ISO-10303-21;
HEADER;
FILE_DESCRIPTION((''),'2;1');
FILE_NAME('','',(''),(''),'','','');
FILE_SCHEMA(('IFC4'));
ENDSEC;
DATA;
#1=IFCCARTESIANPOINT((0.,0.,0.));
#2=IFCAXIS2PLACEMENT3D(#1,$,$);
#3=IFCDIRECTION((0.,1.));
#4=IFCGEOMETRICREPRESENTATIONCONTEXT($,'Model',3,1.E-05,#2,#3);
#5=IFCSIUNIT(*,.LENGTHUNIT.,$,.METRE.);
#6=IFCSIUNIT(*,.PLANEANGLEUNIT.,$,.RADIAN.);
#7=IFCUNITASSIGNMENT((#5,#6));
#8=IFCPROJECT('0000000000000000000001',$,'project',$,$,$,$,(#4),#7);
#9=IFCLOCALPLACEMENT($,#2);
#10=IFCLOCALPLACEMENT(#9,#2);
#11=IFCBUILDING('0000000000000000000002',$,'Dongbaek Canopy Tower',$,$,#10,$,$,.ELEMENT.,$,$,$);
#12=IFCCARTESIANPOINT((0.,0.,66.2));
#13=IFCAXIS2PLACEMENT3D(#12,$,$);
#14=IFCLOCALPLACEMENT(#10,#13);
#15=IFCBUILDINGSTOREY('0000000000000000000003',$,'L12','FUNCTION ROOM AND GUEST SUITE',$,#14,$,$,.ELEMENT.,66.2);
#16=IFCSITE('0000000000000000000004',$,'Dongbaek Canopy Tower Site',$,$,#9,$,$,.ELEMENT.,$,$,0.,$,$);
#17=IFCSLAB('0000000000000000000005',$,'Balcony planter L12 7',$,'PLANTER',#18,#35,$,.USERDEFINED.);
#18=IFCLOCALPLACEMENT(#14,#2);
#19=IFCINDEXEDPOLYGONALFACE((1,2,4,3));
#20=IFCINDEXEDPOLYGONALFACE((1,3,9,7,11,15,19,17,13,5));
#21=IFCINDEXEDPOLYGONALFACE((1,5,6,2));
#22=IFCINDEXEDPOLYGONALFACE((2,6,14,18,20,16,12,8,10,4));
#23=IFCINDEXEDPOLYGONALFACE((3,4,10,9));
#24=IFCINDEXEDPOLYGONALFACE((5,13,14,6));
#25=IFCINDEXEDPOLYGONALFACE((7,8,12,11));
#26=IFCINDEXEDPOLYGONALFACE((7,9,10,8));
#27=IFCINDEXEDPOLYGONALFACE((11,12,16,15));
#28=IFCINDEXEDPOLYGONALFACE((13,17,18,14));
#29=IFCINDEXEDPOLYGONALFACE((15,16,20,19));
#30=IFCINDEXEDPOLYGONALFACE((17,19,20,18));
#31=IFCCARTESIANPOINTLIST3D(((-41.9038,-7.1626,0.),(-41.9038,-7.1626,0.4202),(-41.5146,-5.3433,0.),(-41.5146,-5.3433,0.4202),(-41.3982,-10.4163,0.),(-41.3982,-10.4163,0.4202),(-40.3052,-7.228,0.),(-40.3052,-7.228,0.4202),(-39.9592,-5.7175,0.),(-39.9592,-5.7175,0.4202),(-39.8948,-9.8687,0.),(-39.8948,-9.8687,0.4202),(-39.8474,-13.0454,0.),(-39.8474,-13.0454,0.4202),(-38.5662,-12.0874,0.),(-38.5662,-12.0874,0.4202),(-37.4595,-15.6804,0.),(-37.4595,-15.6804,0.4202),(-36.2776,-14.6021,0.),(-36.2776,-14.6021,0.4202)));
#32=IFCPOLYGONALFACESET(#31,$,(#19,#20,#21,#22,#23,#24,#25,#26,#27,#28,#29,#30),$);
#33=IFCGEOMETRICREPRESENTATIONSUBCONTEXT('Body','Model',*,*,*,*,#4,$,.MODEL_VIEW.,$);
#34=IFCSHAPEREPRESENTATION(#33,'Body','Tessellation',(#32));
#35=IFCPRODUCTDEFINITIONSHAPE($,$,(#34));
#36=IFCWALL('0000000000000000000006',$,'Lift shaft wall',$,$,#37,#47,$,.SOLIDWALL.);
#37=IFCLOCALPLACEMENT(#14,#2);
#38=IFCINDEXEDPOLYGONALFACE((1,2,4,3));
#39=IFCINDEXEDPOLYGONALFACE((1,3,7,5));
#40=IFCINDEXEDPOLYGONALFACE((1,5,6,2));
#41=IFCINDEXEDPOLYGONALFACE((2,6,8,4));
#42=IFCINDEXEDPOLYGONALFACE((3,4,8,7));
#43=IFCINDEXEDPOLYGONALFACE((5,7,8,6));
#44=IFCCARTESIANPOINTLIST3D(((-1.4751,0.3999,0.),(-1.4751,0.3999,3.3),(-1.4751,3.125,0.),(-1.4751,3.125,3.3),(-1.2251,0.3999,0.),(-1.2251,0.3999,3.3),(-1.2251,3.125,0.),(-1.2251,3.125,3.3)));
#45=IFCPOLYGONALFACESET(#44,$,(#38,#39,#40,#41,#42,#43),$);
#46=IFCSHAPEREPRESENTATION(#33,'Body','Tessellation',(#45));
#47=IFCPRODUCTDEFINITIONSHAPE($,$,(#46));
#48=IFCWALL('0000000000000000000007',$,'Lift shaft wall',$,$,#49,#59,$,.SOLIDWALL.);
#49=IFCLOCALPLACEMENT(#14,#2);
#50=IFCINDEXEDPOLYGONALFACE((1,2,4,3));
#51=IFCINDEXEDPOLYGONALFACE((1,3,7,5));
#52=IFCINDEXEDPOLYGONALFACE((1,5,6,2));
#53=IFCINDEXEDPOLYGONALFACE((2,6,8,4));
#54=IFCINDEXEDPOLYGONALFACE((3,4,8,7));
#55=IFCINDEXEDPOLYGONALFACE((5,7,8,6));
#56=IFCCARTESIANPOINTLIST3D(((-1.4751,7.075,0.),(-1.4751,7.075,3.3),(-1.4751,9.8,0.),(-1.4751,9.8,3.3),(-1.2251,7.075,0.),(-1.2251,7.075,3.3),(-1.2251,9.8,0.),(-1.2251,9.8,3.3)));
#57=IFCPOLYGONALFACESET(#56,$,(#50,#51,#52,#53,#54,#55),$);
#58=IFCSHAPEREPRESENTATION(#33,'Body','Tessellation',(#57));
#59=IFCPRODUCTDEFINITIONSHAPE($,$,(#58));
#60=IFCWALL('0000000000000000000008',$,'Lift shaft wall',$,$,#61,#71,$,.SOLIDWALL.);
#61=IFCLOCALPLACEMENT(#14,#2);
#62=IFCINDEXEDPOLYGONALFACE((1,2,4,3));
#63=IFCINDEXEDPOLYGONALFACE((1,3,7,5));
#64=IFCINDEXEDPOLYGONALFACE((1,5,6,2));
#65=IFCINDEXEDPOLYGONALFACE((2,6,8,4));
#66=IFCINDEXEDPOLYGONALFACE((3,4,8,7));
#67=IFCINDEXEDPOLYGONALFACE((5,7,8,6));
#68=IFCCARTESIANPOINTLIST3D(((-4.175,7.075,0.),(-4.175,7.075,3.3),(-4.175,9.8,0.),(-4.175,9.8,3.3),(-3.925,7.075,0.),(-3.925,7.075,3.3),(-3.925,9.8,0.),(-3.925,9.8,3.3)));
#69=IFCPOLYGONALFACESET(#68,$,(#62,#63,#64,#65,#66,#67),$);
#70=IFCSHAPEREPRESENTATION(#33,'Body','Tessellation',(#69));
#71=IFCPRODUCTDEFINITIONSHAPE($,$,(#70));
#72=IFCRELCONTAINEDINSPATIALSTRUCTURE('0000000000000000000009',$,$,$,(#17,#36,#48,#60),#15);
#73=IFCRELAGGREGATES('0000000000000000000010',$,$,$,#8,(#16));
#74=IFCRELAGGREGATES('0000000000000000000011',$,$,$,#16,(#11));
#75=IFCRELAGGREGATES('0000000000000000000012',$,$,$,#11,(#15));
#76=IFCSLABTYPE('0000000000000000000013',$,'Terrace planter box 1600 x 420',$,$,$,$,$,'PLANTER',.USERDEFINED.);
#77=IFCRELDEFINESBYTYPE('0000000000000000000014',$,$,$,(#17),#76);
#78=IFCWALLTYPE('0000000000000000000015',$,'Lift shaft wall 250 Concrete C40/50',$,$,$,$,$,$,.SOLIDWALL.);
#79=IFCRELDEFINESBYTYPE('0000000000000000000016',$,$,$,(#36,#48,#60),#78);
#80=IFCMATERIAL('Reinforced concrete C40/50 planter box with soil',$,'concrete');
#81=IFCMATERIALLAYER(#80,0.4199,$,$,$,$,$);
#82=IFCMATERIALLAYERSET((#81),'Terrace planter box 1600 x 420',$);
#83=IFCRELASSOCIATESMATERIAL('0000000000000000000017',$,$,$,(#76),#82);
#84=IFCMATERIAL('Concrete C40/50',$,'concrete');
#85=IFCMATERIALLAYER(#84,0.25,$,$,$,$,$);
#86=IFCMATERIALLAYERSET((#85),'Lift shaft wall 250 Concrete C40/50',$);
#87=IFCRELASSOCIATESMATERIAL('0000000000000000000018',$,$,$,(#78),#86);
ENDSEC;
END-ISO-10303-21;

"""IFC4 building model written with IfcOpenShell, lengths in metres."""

from ifc_helpers import new_model, si_unit, direction, frame, frame_2d, origin, place, context, subcontext, project, spatial, polyline, rectangle, outline, extrude, material, layer, layer_set, type_object, element, save


model = new_model("IFC4")

# Units and contexts
model_context = context("Model", 3, precision=1e-05, world=origin(), true_north=direction((0.0, 1.0)))
body_context = subcontext(model_context, "Body", "Model", "MODEL_VIEW")
ifc_project = project(units=[si_unit("LENGTHUNIT", "METRE"), si_unit("PLANEANGLEUNIT", "RADIAN")], contexts=[model_context])

# Site, building, storey
site_placement = place(None, origin())
site = spatial("IfcSite", under=ifc_project, at=site_placement, Name="Dongbaek Canopy Tower Site", CompositionType="ELEMENT", RefElevation=0.0)
building_placement = place(site_placement, origin())
building = spatial("IfcBuilding", under=site, at=building_placement, Name="Dongbaek Canopy Tower", CompositionType="ELEMENT")
storey_placement = place(building_placement, frame((0.0, 0.0, 66.2)))
storey = spatial("IfcBuildingStorey", under=building, at=storey_placement, Name="L12", Description="FUNCTION ROOM AND GUEST SUITE", CompositionType="ELEMENT", Elevation=66.2)

# Slab
ifc_material_1 = material(Name="Reinforced concrete C40/50 planter box with soil", Category="concrete")
ifc_layer_1 = layer(ifc_material_1, 0.4199)
ifc_layer_set_1 = layer_set([ifc_layer_1], Name="Terrace planter box 1600 x 420")
slab_type_1 = type_object("IfcSlabType", Name="Terrace planter box 1600 x 420", ElementType="PLANTER", PredefinedType="USERDEFINED", material=ifc_layer_set_1)
slab_1_placement = place(storey_placement, origin())
element("IfcSlab", 1, at=slab_1_placement, inside=storey, type_object=slab_type_1, Name="Balcony planter L12 7", ObjectType="PLANTER", PredefinedType="USERDEFINED", context=body_context, shape_type="SweptSolid", body=[
    extrude(outline(polyline([(-39.9592, -5.7175), (-40.3052, -7.228), (-39.8948, -9.8687), (-38.5662, -12.0874), (-36.2776, -14.6021), (-37.4595, -15.6804), (-39.8474, -13.0454), (-41.3982, -10.4163), (-41.9038, -7.1626), (-41.5146, -5.3433), (-39.9592, -5.7175)])), origin(), (0.0, 0.0, 1.0), 0.4202),
])

# Walls
ifc_material_2 = material(Name="Concrete C40/50", Category="concrete")
ifc_layer_2 = layer(ifc_material_2, 0.25)
ifc_layer_set_2 = layer_set([ifc_layer_2], Name="Lift shaft wall 250 Concrete C40/50")
wall_type = type_object("IfcWallType", Name="Lift shaft wall 250 Concrete C40/50", PredefinedType="SOLIDWALL", material=ifc_layer_set_2)
for number, where, z_axis, x_axis, name in (
    (2, (-1.3501, 0.3999, 0.0), (0.0, 0.0, 1.0), (0.0, 1.0, 0.0), "Lift shaft wall"),
    (3, (-1.3501, 7.075, 0.0), (0.0, 0.0, 1.0), (0.0, 1.0, 0.0), "Lift shaft wall"),
    (4, (-4.05, 7.075, 0.0), (0.0, 0.0, 1.0), (0.0, 1.0, 0.0), "Lift shaft wall"),
):
    element("IfcWall", number, at=place(storey_placement, frame(where, z_axis=z_axis, x_axis=x_axis)), inside=storey, type_object=wall_type, Name=name, PredefinedType="SOLIDWALL", context=body_context, shape_type="SweptSolid", body=[
        extrude(rectangle(XDim=2.7251, YDim=0.25, at=frame_2d((1.3625, 0.0))), origin(), (0.0, 0.0, 1.0), 3.3),
    ])

save(model, "model.ifc")
